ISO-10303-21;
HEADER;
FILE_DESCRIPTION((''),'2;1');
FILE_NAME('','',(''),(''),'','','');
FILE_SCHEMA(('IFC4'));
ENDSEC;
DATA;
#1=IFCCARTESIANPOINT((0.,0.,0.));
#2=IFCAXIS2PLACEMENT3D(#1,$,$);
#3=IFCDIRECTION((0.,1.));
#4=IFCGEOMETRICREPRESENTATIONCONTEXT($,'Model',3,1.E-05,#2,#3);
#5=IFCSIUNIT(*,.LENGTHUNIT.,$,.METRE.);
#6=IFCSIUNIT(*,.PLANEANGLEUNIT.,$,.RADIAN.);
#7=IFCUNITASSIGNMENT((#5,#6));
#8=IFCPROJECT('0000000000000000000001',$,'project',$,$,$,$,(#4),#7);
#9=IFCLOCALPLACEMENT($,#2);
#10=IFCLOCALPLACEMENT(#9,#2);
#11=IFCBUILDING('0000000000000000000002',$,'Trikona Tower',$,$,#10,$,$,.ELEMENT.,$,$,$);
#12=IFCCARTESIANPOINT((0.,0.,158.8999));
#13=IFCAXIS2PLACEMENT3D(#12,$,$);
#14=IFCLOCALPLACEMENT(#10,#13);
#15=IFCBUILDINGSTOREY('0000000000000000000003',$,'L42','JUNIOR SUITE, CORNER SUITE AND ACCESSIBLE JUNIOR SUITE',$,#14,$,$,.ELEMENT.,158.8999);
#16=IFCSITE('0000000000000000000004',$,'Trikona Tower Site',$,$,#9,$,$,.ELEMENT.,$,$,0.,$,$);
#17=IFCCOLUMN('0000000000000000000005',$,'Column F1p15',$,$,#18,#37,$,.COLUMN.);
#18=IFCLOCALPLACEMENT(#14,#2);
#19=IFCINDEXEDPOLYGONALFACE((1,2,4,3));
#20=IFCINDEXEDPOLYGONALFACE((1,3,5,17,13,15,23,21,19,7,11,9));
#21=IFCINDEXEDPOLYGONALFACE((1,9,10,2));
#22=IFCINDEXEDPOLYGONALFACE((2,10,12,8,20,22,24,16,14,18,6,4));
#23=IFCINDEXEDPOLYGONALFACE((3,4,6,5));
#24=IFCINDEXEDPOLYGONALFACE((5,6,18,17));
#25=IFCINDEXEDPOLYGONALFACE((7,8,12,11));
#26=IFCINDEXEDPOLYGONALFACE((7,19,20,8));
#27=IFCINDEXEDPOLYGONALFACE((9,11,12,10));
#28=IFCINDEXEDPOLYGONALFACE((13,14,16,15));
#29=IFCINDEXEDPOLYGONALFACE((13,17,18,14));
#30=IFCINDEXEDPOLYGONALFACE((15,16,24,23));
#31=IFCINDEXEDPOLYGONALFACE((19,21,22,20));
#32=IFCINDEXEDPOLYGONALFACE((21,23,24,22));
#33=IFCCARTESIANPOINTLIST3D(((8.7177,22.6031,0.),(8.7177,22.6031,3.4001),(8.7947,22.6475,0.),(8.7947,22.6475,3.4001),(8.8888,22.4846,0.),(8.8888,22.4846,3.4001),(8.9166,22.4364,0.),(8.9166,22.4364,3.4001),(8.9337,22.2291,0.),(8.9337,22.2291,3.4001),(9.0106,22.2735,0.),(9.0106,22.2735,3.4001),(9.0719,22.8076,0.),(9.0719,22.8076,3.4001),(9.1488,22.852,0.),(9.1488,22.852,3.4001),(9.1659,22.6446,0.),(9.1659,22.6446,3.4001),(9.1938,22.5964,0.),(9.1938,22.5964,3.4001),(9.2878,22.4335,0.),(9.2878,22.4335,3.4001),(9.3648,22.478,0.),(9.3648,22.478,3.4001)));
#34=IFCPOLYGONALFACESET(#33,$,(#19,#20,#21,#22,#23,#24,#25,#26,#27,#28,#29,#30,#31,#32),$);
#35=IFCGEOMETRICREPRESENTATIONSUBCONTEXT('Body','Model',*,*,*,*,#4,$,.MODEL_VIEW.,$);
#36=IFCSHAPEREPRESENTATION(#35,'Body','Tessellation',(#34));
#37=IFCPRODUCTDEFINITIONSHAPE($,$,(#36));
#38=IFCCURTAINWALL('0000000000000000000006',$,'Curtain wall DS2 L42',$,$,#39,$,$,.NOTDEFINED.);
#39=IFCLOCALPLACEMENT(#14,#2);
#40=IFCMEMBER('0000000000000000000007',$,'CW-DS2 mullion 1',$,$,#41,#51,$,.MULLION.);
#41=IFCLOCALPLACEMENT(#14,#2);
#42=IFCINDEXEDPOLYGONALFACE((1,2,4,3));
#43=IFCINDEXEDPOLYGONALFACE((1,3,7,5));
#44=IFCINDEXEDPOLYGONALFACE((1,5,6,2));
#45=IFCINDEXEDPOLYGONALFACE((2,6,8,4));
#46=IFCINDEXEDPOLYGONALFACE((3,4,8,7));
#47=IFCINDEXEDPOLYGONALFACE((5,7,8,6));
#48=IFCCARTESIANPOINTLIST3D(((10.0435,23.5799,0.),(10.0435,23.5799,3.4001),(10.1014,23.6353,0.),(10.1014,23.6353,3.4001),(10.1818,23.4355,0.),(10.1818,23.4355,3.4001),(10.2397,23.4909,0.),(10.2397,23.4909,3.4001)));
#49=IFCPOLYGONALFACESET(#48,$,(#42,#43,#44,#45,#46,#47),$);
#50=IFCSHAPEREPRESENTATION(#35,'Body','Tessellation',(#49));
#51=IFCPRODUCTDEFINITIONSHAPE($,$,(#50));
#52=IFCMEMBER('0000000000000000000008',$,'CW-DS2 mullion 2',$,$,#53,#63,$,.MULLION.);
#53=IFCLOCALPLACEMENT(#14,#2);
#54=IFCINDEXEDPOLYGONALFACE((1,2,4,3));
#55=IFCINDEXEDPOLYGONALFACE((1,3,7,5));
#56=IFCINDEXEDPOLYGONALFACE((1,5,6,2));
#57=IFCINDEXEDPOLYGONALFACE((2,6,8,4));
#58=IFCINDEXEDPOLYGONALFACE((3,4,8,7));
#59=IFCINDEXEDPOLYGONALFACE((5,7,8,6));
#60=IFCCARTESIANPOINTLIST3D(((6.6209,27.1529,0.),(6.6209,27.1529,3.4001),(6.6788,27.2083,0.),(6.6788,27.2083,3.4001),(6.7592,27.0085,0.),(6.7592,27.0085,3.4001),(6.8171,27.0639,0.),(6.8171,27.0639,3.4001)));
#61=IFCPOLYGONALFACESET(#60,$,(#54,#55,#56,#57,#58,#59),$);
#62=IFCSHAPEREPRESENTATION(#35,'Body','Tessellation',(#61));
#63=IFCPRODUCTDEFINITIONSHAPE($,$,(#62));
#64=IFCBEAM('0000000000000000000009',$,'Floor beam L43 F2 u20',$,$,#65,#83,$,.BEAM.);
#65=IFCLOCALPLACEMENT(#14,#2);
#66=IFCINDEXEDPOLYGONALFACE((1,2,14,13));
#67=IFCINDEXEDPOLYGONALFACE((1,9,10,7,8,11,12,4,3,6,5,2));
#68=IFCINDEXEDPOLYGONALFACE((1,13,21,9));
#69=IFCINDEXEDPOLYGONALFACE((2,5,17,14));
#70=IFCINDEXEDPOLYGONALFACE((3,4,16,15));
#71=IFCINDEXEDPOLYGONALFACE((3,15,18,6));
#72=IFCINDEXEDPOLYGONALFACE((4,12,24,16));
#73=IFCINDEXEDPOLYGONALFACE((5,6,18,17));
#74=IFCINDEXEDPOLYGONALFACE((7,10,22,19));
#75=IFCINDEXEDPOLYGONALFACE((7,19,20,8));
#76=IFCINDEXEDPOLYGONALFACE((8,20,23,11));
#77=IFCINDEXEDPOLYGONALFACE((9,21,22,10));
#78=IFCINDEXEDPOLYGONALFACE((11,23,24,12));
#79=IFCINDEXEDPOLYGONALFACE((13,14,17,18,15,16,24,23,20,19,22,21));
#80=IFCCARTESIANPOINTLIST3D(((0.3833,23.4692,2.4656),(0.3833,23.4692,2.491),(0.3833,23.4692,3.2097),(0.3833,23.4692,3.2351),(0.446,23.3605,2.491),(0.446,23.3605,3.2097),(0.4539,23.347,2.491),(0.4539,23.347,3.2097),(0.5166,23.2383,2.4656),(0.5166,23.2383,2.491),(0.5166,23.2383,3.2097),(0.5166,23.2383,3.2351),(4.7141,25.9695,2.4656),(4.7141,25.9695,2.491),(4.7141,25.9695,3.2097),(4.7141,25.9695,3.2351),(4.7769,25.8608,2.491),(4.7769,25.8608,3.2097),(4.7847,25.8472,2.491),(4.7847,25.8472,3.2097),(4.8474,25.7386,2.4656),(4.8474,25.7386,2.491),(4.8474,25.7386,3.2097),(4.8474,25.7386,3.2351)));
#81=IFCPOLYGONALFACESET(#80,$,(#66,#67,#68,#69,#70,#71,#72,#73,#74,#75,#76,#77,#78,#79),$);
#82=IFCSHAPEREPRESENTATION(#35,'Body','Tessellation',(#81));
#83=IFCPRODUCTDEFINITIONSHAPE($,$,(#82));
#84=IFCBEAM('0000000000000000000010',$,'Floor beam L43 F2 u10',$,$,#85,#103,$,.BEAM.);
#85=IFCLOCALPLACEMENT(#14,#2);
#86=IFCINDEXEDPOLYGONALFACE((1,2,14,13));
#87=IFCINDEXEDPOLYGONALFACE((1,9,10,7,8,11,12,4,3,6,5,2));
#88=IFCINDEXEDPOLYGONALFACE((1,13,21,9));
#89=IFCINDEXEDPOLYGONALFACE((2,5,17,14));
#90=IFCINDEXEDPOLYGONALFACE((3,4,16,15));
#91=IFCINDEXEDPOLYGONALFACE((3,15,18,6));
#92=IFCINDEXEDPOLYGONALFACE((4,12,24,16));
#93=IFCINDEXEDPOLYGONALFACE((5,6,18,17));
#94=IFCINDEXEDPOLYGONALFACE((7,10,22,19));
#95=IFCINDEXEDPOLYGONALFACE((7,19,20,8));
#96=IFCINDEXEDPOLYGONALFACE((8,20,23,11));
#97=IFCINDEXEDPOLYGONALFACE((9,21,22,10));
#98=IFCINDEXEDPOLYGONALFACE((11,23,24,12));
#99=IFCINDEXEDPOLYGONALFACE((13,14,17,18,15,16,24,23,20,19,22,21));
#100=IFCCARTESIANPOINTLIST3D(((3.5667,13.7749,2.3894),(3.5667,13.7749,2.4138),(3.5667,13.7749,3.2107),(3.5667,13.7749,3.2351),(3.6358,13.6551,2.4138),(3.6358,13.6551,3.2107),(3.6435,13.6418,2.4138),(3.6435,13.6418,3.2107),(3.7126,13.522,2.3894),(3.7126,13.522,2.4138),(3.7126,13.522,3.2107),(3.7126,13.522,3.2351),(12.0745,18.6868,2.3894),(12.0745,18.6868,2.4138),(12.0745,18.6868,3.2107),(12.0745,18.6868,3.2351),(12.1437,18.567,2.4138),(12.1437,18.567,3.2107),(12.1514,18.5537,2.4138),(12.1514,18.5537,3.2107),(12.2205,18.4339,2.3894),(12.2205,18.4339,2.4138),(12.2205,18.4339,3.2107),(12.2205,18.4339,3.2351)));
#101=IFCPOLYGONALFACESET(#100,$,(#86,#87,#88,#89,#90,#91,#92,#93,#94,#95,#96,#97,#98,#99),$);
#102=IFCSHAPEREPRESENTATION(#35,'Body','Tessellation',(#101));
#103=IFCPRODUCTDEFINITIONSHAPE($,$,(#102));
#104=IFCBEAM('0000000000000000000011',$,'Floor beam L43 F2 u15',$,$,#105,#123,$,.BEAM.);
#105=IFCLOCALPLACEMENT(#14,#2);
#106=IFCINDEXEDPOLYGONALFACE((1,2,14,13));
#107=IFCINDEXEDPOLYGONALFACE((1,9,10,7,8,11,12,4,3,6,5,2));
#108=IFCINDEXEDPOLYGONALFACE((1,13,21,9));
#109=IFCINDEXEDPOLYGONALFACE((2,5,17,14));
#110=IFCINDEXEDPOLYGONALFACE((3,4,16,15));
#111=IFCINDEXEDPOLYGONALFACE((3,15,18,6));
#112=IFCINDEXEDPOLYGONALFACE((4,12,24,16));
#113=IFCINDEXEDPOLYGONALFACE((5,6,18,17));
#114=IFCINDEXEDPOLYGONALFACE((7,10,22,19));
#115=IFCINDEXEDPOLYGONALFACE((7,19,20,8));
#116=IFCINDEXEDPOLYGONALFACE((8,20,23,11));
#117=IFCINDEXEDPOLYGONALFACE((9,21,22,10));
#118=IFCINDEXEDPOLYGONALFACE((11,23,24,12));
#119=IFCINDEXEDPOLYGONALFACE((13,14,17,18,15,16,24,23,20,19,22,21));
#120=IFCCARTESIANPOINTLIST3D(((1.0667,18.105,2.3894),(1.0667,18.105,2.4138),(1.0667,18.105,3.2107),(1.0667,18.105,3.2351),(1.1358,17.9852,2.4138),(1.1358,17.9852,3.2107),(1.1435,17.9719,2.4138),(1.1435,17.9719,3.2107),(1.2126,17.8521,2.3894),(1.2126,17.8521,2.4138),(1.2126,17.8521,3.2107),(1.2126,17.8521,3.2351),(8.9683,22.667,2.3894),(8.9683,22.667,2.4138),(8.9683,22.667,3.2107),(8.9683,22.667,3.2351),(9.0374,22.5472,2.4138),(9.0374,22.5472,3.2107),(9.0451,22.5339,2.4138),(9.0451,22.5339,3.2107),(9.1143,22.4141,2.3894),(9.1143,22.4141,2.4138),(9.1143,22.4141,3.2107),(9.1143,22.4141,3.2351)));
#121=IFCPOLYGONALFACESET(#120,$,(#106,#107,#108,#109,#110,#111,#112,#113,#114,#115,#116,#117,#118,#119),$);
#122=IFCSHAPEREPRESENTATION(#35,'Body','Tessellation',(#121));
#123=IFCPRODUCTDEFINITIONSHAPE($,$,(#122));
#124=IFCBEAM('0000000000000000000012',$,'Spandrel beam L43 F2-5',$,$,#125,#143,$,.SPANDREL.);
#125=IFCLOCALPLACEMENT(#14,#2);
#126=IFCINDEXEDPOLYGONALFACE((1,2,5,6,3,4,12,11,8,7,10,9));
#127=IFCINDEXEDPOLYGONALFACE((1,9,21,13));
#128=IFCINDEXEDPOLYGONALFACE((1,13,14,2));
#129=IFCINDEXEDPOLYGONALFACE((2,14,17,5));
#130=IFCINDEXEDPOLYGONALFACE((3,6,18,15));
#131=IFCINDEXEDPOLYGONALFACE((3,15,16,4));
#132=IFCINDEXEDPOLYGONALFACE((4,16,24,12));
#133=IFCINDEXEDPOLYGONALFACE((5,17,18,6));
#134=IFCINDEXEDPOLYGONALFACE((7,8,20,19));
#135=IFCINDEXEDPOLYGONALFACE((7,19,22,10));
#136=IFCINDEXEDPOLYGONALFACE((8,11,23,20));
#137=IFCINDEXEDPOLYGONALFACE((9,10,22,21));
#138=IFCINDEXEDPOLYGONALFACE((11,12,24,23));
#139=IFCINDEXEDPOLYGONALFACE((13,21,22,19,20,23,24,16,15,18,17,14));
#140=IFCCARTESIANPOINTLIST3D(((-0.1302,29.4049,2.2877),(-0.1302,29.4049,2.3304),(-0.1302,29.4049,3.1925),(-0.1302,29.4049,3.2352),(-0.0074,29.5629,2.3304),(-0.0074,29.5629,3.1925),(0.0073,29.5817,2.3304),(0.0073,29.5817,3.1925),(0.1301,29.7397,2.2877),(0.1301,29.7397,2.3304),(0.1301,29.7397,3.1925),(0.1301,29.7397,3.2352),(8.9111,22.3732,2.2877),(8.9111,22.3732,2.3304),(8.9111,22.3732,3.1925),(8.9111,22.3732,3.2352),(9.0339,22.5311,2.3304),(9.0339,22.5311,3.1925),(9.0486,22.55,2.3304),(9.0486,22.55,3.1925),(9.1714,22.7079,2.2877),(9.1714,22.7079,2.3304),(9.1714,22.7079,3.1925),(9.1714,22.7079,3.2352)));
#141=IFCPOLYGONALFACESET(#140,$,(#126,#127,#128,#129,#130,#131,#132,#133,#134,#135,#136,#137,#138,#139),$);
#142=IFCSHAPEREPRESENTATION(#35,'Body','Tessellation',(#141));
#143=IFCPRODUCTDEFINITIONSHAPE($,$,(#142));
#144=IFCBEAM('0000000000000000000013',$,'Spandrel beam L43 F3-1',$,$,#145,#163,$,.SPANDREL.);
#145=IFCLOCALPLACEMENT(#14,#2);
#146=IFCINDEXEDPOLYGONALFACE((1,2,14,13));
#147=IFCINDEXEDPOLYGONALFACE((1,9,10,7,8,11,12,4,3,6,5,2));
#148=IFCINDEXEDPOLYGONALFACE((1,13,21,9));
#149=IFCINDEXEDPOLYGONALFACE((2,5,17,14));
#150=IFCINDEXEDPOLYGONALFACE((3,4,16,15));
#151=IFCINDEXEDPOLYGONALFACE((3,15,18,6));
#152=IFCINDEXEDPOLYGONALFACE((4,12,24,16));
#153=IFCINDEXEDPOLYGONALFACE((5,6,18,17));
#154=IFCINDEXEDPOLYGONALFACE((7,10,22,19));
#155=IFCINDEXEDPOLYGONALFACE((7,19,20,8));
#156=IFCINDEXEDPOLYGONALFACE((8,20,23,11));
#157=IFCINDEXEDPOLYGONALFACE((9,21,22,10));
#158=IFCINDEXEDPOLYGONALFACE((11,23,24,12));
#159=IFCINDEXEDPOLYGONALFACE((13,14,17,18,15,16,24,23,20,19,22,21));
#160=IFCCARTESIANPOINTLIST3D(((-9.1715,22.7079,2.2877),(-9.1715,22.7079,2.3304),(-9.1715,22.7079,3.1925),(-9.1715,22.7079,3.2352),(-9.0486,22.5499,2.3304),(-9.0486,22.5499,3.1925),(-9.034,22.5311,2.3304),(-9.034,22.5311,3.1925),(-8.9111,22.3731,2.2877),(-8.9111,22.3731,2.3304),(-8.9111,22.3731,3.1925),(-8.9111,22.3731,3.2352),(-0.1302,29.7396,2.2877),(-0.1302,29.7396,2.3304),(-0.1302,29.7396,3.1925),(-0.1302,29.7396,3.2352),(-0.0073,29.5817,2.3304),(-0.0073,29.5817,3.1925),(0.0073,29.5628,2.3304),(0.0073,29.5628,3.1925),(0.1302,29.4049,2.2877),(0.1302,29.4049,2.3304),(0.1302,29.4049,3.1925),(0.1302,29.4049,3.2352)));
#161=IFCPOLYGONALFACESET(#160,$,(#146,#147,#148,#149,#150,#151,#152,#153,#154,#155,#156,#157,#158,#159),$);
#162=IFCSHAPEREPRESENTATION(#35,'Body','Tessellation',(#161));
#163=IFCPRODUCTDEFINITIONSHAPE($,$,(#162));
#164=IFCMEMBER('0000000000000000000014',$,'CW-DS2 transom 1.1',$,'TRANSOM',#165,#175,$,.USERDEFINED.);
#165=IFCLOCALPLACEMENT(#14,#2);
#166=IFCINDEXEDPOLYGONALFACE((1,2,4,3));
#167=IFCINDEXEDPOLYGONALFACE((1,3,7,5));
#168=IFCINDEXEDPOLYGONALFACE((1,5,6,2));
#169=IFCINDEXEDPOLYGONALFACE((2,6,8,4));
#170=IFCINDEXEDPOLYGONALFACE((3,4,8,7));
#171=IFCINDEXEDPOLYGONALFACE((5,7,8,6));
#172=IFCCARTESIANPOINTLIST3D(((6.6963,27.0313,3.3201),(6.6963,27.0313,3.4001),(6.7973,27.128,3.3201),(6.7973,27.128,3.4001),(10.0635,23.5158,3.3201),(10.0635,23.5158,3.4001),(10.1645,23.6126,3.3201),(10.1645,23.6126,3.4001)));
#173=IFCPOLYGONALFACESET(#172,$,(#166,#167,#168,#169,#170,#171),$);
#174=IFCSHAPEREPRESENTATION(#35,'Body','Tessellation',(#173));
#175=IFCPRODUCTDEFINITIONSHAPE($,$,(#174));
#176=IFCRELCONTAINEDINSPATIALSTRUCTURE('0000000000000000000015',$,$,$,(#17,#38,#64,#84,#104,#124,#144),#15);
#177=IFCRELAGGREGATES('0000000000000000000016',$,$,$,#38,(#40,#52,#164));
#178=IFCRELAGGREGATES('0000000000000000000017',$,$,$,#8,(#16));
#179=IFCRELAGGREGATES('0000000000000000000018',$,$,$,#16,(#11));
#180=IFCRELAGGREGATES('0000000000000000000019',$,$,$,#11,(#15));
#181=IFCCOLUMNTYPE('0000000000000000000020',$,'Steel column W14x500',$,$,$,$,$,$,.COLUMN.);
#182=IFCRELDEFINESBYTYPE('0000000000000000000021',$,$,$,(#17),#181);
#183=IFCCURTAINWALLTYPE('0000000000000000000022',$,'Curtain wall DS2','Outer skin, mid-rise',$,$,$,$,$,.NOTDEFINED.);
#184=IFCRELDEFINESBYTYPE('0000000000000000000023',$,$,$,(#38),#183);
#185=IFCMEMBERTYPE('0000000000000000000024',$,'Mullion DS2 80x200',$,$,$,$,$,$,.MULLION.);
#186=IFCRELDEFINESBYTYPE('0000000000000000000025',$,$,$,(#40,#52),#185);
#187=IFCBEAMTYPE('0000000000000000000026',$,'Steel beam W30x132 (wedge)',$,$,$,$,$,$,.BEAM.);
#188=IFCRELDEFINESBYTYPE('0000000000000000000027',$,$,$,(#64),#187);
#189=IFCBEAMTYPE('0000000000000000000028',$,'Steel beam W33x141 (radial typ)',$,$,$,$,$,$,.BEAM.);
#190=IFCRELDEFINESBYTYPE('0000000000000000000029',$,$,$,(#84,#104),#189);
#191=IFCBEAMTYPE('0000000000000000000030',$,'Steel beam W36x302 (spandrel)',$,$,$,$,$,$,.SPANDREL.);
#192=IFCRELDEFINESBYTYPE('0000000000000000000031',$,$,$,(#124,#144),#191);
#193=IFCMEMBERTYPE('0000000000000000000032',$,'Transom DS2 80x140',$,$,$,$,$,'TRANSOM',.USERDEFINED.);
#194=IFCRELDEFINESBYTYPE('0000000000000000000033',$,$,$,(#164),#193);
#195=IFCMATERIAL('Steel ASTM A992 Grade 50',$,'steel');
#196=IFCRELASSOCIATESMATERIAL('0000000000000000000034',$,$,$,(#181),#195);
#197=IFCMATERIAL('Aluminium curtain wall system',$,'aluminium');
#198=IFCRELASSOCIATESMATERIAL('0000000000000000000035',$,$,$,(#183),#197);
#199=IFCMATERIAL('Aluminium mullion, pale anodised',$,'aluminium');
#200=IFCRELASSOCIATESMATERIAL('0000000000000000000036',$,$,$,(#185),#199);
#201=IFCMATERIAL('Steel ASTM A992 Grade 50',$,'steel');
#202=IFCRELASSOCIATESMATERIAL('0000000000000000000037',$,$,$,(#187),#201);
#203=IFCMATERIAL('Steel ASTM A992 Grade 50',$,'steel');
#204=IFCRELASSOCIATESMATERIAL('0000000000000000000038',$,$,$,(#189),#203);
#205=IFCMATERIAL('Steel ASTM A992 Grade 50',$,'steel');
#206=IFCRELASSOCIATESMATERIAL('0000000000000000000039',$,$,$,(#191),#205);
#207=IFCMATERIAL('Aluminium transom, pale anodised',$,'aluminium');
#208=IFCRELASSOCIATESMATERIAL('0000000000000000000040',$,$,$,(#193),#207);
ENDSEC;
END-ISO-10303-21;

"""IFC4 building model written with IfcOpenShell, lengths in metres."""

from ifc_helpers import new_model, si_unit, direction, frame, origin, origin_2d, place, context, subcontext, project, spatial, rectangle, i_section, extrude, material, material_profile, profile_set, type_object, element, aggregate, save


model = new_model("IFC4")

# Units and contexts
model_context = context("Model", 3, precision=1e-05, world=origin(), true_north=direction((0.0, 1.0)))
body_context = subcontext(model_context, "Body", "Model", "MODEL_VIEW")
ifc_project = project(units=[si_unit("LENGTHUNIT", "METRE"), si_unit("PLANEANGLEUNIT", "RADIAN")], contexts=[model_context])

# Site, building, storey
site_placement = place(None, origin())
site = spatial("IfcSite", under=ifc_project, at=site_placement, Name="Trikona Tower Site", CompositionType="ELEMENT", RefElevation=0.0)
building_placement = place(site_placement, origin())
building = spatial("IfcBuilding", under=site, at=building_placement, Name="Trikona Tower", CompositionType="ELEMENT")
storey_placement = place(building_placement, frame((0.0, 0.0, 158.8999)))
storey = spatial("IfcBuildingStorey", under=building, at=storey_placement, Name="L42", Description="JUNIOR SUITE, CORNER SUITE AND ACCESSIBLE JUNIOR SUITE", CompositionType="ELEMENT", Elevation=158.8999)

# Column
ifc_material_1 = material(Name="Steel ASTM A992 Grade 50", Category="steel")
ifc_material_profile_1 = material_profile(ifc_material_1, i_section(OverallWidth=0.4319, OverallDepth=0.4978, WebThickness=0.0557, FlangeThickness=0.0889, at=origin_2d()), Name="W14X500")
ifc_profile_set_1 = profile_set([ifc_material_profile_1], Name="Steel ASTM A992 Grade 50")
column_type = type_object("IfcColumnType", Name="Steel column W14x500", PredefinedType="COLUMN", material=ifc_profile_set_1)
column_placement = place(storey_placement, frame((9.0413, 22.5405, 0.0), z_axis=(0.0, 0.0, 1.0), x_axis=(-0.5, 0.866025, 0.0)))
element("IfcColumn", 1, at=column_placement, inside=storey, type_object=column_type, Name="Column F1p15", PredefinedType="COLUMN", context=body_context, shape_type="SweptSolid", body=[
    extrude(i_section(OverallWidth=0.4319, OverallDepth=0.4978, WebThickness=0.0557, FlangeThickness=0.0889, at=origin_2d()), origin(), (0.0, 0.0, 1.0), 3.4001),
])

# Curtain wall, members
ifc_material_2 = material(Name="Aluminium curtain wall system", Category="aluminium")
curtain_wall_type = type_object("IfcCurtainWallType", Name="Curtain wall DS2", Description="Outer skin, mid-rise", PredefinedType="NOTDEFINED", material=ifc_material_2)
curtain_wall_placement = place(storey_placement, origin())
curtain_wall = element("IfcCurtainWall", 2, at=curtain_wall_placement, inside=storey, type_object=curtain_wall_type, Name="Curtain wall DS2 L42", PredefinedType="NOTDEFINED")
ifc_material_3 = material(Name="Aluminium mullion, pale anodised", Category="aluminium")
ifc_material_profile_2 = material_profile(ifc_material_3, rectangle(XDim=0.0801, YDim=0.2, at=origin_2d()), Name="MUL-DS2")
ifc_profile_set_2 = profile_set([ifc_material_profile_2], Name="Aluminium mullion, pale anodised")
member_type_1 = type_object("IfcMemberType", Name="Mullion DS2 80x200", PredefinedType="MULLION", material=ifc_profile_set_2)
member_1_placement = place(storey_placement, frame((10.1416, 23.5354, 0.0), z_axis=(0.0, 0.0, 1.0), x_axis=(-0.722158, -0.691728, 0.0)))
member_1 = element("IfcMember", 3, at=member_1_placement, type_object=member_type_1, Name="CW-DS2 mullion 1", PredefinedType="MULLION", context=body_context, shape_type="SweptSolid", body=[
    extrude(rectangle(XDim=0.0801, YDim=0.2, at=origin_2d()), origin(), (0.0, 0.0, 1.0), 3.4001),
])
member_2_placement = place(storey_placement, frame((6.719, 27.1084, 0.0), z_axis=(0.0, 0.0, 1.0), x_axis=(-0.722158, -0.691728, 0.0)))
member_2 = element("IfcMember", 4, at=member_2_placement, type_object=member_type_1, Name="CW-DS2 mullion 2", PredefinedType="MULLION", context=body_context, shape_type="SweptSolid", body=[
    extrude(rectangle(XDim=0.0801, YDim=0.2, at=origin_2d()), origin(), (0.0, 0.0, 1.0), 3.4001),
])

# Beams
ifc_material_4 = material(Name="Steel ASTM A992 Grade 50", Category="steel")
ifc_material_profile_3 = material_profile(ifc_material_4, i_section(OverallWidth=0.2666, OverallDepth=0.7695, WebThickness=0.0156, FlangeThickness=0.0254, at=origin_2d()), Name="W30X132")
ifc_profile_set_3 = profile_set([ifc_material_profile_3], Name="Steel ASTM A992 Grade 50")
beam_type_1 = type_object("IfcBeamType", Name="Steel beam W30x132 (wedge)", PredefinedType="BEAM", material=ifc_profile_set_3)
beam_1_placement = place(storey_placement, frame((0.45, 23.3538, 2.8503), z_axis=(0.866038, 0.499977, 0.0), x_axis=(-0.499977, 0.866038, 0.0)))
element("IfcBeam", 5, at=beam_1_placement, inside=storey, type_object=beam_type_1, Name="Floor beam L43 F2 u20", PredefinedType="BEAM", context=body_context, shape_type="SweptSolid", body=[
    extrude(i_section(OverallWidth=0.2666, OverallDepth=0.7695, WebThickness=0.0156, FlangeThickness=0.0254, at=origin_2d()), origin(), (0.0, 0.0, 1.0), 5.0007),
])
ifc_material_5 = material(Name="Steel ASTM A992 Grade 50", Category="steel")
ifc_material_profile_4 = material_profile(ifc_material_5, i_section(OverallWidth=0.292, OverallDepth=0.8457, WebThickness=0.0154, FlangeThickness=0.0244, at=origin_2d()), Name="W33X141")
ifc_profile_set_4 = profile_set([ifc_material_profile_4], Name="Steel ASTM A992 Grade 50")
beam_type_2 = type_object("IfcBeamType", Name="Steel beam W33x141 (radial typ)", PredefinedType="BEAM", material=ifc_profile_set_4)
beam_2_placement = place(storey_placement, frame((3.6396, 13.6484, 2.8123), z_axis=(0.866031, 0.499991, 0.0), x_axis=(-0.499991, 0.866031, 0.0)))
element("IfcBeam", 6, at=beam_2_placement, inside=storey, type_object=beam_type_2, Name="Floor beam L43 F2 u10", PredefinedType="BEAM", context=body_context, shape_type="SweptSolid", body=[
    extrude(i_section(OverallWidth=0.292, OverallDepth=0.8457, WebThickness=0.0154, FlangeThickness=0.0244, at=origin_2d()), origin(), (0.0, 0.0, 1.0), 9.824),
])
beam_3_placement = place(storey_placement, frame((1.1396, 17.9785, 2.8123), z_axis=(0.866025, 0.500001, 0.0), x_axis=(-0.500001, 0.866025, 0.0)))
element("IfcBeam", 7, at=beam_3_placement, inside=storey, type_object=beam_type_2, Name="Floor beam L43 F2 u15", PredefinedType="BEAM", context=body_context, shape_type="SweptSolid", body=[
    extrude(i_section(OverallWidth=0.292, OverallDepth=0.8457, WebThickness=0.0154, FlangeThickness=0.0244, at=origin_2d()), origin(), (0.0, 0.0, 1.0), 9.124),
])
ifc_material_6 = material(Name="Steel ASTM A992 Grade 50", Category="steel")
ifc_material_profile_5 = material_profile(ifc_material_6, i_section(OverallWidth=0.4241, OverallDepth=0.9475, WebThickness=0.0239, FlangeThickness=0.0427, at=origin_2d()), Name="W36X302")
ifc_profile_set_5 = profile_set([ifc_material_profile_5], Name="Steel ASTM A992 Grade 50")
beam_type_3 = type_object("IfcBeamType", Name="Steel beam W36x302 (spandrel)", PredefinedType="SPANDREL", material=ifc_profile_set_5)
for number, where, z_axis, x_axis, name in (
    (8, (9.0413, 22.5405, 2.7615), (-0.789367, 0.613921, 0.0), (-0.613921, -0.789367, 0.0), "Spandrel beam L43 F2-5"),
    (9, (0.0, 29.5723, 2.7615), (-0.789367, -0.613921, 0.0), (0.613921, -0.789367, 0.0), "Spandrel beam L43 F3-1"),
):
    element("IfcBeam", number, at=place(storey_placement, frame(where, z_axis=z_axis, x_axis=x_axis)), inside=storey, type_object=beam_type_3, Name=name, PredefinedType="SPANDREL", context=body_context, shape_type="SweptSolid", body=[
        extrude(i_section(OverallWidth=0.4241, OverallDepth=0.9475, WebThickness=0.0239, FlangeThickness=0.0427, at=origin_2d()), origin(), (0.0, 0.0, 1.0), 11.4539),
    ])

# Member
ifc_material_7 = material(Name="Aluminium transom, pale anodised", Category="aluminium")
ifc_material_profile_6 = material_profile(ifc_material_7, rectangle(XDim=0.1399, YDim=0.0801, at=origin_2d()), Name="TRN-DS2")
ifc_profile_set_6 = profile_set([ifc_material_profile_6], Name="Aluminium transom, pale anodised")
member_type_2 = type_object("IfcMemberType", Name="Transom DS2 80x140", ElementType="TRANSOM", PredefinedType="USERDEFINED", material=ifc_profile_set_6)
member_3_placement = place(storey_placement, frame((10.114, 23.5642, 3.3601), z_axis=(-0.691721, 0.722165, 0.0), x_axis=(-0.722165, -0.691721, 0.0)))
member_3 = element("IfcMember", 10, at=member_3_placement, type_object=member_type_2, Name="CW-DS2 transom 1.1", ObjectType="TRANSOM", PredefinedType="USERDEFINED", context=body_context, shape_type="SweptSolid", body=[
    extrude(rectangle(XDim=0.1399, YDim=0.0801, at=origin_2d()), origin(), (0.0, 0.0, 1.0), 4.8679),
])

aggregate(curtain_wall, [member_1, member_2, member_3])

save(model, "model.ifc")
